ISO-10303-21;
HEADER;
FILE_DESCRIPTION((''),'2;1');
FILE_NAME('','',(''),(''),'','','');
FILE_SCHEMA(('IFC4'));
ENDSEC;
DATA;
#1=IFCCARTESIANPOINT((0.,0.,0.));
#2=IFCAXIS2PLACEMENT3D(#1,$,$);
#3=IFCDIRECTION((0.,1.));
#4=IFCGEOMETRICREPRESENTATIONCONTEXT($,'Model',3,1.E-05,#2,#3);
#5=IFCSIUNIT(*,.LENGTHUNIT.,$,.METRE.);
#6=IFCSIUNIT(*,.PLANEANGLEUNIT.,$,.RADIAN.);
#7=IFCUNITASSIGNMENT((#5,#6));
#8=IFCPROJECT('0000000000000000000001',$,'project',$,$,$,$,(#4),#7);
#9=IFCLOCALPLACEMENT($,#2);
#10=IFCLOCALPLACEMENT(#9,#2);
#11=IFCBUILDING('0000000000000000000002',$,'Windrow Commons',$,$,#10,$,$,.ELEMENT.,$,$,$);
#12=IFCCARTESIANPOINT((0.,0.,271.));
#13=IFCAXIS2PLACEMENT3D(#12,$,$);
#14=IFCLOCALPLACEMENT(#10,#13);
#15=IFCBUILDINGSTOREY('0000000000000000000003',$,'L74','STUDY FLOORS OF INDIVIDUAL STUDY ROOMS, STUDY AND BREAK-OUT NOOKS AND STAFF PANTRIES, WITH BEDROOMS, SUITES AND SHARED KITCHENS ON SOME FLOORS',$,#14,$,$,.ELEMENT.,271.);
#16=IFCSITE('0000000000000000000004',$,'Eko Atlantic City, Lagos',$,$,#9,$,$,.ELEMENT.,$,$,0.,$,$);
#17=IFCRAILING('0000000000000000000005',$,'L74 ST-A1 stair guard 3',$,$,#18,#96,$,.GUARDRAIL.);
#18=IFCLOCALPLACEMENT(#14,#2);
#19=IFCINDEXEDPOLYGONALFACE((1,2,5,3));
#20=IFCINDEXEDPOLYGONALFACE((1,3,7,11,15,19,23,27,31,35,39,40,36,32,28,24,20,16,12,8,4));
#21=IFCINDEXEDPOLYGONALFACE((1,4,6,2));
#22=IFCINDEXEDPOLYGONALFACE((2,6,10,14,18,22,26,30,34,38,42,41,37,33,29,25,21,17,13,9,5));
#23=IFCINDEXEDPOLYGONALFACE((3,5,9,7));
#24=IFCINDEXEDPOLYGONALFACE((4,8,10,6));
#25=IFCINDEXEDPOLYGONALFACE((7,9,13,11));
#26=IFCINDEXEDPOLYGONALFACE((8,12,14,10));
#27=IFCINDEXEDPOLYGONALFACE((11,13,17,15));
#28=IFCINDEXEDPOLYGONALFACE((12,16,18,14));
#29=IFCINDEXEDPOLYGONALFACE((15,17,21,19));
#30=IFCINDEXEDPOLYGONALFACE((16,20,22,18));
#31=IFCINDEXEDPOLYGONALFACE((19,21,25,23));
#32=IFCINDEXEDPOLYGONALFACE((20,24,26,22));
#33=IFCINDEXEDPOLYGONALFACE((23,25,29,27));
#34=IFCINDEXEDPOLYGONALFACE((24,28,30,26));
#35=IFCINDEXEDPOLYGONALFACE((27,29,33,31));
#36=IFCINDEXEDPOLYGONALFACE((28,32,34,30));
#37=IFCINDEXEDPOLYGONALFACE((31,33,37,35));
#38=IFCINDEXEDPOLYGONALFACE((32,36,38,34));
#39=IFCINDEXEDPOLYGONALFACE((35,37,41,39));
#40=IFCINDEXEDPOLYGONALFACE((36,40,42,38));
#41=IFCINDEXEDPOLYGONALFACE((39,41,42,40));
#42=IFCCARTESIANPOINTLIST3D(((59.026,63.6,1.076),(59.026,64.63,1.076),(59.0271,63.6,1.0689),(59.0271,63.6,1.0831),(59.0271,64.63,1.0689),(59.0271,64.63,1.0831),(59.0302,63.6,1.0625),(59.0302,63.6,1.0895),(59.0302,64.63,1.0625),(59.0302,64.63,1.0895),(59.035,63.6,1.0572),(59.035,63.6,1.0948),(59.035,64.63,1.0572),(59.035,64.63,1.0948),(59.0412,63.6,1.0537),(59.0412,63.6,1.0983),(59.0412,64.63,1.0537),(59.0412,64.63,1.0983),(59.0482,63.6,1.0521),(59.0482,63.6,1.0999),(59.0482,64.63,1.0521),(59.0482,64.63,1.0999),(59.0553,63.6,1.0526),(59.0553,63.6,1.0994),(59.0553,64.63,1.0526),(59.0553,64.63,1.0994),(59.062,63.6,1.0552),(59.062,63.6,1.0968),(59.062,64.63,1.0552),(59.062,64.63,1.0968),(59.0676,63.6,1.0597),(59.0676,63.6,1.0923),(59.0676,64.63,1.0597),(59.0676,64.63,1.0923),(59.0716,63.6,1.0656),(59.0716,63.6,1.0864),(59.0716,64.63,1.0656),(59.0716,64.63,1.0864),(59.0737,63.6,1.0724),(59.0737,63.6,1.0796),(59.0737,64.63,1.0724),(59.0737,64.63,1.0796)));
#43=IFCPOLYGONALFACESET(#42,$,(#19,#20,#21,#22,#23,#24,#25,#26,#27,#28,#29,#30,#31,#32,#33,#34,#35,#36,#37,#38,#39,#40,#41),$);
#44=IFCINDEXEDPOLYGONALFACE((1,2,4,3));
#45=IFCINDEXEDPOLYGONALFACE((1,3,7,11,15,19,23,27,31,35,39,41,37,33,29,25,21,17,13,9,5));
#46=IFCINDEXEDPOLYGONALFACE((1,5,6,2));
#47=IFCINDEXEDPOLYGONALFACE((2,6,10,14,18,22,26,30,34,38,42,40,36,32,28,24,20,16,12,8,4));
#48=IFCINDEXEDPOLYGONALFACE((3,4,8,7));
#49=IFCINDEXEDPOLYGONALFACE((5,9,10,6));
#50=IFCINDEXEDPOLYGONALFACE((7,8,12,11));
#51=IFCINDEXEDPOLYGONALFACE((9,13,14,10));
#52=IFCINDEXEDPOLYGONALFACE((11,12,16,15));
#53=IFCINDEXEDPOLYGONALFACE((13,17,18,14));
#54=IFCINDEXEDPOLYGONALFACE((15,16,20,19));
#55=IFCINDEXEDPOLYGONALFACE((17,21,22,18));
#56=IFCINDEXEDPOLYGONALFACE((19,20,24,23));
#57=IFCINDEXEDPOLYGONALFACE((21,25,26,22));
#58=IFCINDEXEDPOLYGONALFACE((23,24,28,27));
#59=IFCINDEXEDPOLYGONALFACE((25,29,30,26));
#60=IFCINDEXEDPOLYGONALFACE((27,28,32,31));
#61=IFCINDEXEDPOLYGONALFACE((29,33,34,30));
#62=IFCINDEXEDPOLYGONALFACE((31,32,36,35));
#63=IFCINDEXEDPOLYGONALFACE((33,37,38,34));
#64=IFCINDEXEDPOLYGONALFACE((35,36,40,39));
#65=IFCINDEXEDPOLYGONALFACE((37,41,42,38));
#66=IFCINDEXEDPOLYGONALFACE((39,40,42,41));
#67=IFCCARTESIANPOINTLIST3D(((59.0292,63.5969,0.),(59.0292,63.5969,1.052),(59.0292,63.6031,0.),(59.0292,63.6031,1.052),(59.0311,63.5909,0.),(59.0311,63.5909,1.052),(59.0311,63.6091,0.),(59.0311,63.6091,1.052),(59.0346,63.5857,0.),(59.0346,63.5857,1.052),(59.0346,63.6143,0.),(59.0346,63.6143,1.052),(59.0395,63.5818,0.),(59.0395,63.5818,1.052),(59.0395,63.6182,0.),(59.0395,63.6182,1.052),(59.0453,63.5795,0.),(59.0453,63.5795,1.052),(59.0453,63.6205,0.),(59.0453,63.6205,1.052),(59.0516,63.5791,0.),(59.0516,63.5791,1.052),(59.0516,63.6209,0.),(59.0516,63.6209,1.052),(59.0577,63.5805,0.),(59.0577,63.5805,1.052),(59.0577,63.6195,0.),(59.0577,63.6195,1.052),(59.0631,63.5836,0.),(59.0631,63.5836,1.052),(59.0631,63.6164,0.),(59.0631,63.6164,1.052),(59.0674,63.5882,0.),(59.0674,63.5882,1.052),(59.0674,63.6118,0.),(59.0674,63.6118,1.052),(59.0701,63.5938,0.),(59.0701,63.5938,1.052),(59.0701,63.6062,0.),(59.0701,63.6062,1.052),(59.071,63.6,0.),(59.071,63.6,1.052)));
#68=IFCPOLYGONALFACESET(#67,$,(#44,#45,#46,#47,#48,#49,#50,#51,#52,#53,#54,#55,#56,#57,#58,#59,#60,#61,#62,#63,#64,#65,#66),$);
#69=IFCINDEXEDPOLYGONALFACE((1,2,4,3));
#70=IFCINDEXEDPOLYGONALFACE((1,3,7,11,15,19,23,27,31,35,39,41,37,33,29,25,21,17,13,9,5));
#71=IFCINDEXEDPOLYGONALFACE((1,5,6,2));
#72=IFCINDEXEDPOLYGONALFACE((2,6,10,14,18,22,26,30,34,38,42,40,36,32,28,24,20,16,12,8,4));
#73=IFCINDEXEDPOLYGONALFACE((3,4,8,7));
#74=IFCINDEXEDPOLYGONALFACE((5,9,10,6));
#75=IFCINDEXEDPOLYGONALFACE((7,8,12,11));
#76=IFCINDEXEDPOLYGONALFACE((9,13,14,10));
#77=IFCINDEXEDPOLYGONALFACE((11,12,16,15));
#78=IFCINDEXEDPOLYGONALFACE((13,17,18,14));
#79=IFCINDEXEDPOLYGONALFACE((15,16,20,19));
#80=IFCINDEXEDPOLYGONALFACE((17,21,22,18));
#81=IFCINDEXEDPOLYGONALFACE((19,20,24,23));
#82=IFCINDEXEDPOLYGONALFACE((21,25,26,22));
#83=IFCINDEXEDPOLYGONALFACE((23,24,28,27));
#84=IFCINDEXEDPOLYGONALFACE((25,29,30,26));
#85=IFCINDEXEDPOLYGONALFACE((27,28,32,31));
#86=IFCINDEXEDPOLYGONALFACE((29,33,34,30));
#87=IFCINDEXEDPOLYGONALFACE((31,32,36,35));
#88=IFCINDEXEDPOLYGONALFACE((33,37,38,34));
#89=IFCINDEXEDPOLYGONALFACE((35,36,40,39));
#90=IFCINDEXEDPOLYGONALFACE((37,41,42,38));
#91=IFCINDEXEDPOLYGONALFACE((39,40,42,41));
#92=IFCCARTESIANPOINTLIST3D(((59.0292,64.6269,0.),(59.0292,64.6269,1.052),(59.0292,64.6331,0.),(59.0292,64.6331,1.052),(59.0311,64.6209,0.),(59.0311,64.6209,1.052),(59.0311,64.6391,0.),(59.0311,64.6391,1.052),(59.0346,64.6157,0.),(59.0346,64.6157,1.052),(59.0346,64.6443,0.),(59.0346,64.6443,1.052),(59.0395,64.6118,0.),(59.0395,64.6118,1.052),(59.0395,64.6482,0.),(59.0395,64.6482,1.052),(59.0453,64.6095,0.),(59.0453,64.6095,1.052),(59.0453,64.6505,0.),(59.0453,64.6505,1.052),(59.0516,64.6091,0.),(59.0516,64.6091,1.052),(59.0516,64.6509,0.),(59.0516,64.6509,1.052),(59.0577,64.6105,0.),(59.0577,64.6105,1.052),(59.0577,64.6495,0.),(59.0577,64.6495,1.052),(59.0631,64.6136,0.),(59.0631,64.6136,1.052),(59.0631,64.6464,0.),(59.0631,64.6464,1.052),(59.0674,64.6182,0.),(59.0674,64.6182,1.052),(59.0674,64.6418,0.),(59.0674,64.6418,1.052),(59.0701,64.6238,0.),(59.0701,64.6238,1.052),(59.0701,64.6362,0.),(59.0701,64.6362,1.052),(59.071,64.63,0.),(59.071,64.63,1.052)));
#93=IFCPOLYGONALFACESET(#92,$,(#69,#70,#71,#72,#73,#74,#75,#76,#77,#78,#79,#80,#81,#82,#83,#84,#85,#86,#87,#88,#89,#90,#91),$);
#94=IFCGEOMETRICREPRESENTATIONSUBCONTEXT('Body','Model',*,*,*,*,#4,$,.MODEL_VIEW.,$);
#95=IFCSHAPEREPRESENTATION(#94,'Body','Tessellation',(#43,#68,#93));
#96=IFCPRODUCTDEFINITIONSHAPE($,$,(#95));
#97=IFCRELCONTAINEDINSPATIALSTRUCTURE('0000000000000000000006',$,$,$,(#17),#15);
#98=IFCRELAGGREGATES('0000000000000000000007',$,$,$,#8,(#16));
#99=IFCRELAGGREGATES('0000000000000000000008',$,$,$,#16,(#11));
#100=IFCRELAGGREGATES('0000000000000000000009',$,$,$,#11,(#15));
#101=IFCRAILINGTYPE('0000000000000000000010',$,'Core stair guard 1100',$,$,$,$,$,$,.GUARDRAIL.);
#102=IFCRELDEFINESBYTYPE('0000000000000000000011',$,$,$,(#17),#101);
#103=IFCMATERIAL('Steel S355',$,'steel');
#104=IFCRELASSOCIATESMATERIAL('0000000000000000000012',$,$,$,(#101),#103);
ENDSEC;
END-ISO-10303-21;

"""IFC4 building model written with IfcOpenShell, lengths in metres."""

from ifc_helpers import new_model, si_unit, direction, frame, origin, origin_2d, place, context, subcontext, project, spatial, circle, extrude, material, type_object, element, save


model = new_model("IFC4")

# Units and contexts
model_context = context("Model", 3, precision=1e-05, world=origin(), true_north=direction((0.0, 1.0)))
body_context = subcontext(model_context, "Body", "Model", "MODEL_VIEW")
ifc_project = project(units=[si_unit("LENGTHUNIT", "METRE"), si_unit("PLANEANGLEUNIT", "RADIAN")], contexts=[model_context])

# Site, building, storey
site_placement = place(None, origin())
site = spatial("IfcSite", under=ifc_project, at=site_placement, Name="Eko Atlantic City, Lagos", CompositionType="ELEMENT", RefElevation=0.0)
building_placement = place(site_placement, origin())
building = spatial("IfcBuilding", under=site, at=building_placement, Name="Windrow Commons", CompositionType="ELEMENT")
storey_placement = place(building_placement, frame((0.0, 0.0, 271.0)))
storey = spatial("IfcBuildingStorey", under=building, at=storey_placement, Name="L74", Description="STUDY FLOORS OF INDIVIDUAL STUDY ROOMS, STUDY AND BREAK-OUT NOOKS AND STAFF PANTRIES, WITH BEDROOMS, SUITES AND SHARED KITCHENS ON SOME FLOORS", CompositionType="ELEMENT", Elevation=271.0)

# Railing
ifc_material_1 = material(Name="Steel S355", Category="steel")
railing_type = type_object("IfcRailingType", Name="Core stair guard 1100", PredefinedType="GUARDRAIL", material=ifc_material_1)
railing_1_placement = place(storey_placement, frame((59.05, 63.6, 0.0)))
element("IfcRailing", 1, at=railing_1_placement, inside=storey, type_object=railing_type, Name="L74 ST-A1 stair guard 3", PredefinedType="GUARDRAIL", context=body_context, shape_type="SweptSolid", body=[
    extrude(circle(Radius=0.024, at=origin_2d()), frame((0.0, 0.0, 1.076), z_axis=(0.0, 1.0, 0.0), x_axis=(-1.0, 0.0, 0.0)), (0.0, 0.0, 1.0), 1.03),
    extrude(circle(Radius=0.021, at=origin_2d()), origin(), (0.0, 0.0, 1.0), 1.052),
    extrude(circle(Radius=0.021, at=origin_2d()), frame((0.0, 1.03, 0.0)), (0.0, 0.0, 1.0), 1.052),
])

save(model, "model.ifc")
